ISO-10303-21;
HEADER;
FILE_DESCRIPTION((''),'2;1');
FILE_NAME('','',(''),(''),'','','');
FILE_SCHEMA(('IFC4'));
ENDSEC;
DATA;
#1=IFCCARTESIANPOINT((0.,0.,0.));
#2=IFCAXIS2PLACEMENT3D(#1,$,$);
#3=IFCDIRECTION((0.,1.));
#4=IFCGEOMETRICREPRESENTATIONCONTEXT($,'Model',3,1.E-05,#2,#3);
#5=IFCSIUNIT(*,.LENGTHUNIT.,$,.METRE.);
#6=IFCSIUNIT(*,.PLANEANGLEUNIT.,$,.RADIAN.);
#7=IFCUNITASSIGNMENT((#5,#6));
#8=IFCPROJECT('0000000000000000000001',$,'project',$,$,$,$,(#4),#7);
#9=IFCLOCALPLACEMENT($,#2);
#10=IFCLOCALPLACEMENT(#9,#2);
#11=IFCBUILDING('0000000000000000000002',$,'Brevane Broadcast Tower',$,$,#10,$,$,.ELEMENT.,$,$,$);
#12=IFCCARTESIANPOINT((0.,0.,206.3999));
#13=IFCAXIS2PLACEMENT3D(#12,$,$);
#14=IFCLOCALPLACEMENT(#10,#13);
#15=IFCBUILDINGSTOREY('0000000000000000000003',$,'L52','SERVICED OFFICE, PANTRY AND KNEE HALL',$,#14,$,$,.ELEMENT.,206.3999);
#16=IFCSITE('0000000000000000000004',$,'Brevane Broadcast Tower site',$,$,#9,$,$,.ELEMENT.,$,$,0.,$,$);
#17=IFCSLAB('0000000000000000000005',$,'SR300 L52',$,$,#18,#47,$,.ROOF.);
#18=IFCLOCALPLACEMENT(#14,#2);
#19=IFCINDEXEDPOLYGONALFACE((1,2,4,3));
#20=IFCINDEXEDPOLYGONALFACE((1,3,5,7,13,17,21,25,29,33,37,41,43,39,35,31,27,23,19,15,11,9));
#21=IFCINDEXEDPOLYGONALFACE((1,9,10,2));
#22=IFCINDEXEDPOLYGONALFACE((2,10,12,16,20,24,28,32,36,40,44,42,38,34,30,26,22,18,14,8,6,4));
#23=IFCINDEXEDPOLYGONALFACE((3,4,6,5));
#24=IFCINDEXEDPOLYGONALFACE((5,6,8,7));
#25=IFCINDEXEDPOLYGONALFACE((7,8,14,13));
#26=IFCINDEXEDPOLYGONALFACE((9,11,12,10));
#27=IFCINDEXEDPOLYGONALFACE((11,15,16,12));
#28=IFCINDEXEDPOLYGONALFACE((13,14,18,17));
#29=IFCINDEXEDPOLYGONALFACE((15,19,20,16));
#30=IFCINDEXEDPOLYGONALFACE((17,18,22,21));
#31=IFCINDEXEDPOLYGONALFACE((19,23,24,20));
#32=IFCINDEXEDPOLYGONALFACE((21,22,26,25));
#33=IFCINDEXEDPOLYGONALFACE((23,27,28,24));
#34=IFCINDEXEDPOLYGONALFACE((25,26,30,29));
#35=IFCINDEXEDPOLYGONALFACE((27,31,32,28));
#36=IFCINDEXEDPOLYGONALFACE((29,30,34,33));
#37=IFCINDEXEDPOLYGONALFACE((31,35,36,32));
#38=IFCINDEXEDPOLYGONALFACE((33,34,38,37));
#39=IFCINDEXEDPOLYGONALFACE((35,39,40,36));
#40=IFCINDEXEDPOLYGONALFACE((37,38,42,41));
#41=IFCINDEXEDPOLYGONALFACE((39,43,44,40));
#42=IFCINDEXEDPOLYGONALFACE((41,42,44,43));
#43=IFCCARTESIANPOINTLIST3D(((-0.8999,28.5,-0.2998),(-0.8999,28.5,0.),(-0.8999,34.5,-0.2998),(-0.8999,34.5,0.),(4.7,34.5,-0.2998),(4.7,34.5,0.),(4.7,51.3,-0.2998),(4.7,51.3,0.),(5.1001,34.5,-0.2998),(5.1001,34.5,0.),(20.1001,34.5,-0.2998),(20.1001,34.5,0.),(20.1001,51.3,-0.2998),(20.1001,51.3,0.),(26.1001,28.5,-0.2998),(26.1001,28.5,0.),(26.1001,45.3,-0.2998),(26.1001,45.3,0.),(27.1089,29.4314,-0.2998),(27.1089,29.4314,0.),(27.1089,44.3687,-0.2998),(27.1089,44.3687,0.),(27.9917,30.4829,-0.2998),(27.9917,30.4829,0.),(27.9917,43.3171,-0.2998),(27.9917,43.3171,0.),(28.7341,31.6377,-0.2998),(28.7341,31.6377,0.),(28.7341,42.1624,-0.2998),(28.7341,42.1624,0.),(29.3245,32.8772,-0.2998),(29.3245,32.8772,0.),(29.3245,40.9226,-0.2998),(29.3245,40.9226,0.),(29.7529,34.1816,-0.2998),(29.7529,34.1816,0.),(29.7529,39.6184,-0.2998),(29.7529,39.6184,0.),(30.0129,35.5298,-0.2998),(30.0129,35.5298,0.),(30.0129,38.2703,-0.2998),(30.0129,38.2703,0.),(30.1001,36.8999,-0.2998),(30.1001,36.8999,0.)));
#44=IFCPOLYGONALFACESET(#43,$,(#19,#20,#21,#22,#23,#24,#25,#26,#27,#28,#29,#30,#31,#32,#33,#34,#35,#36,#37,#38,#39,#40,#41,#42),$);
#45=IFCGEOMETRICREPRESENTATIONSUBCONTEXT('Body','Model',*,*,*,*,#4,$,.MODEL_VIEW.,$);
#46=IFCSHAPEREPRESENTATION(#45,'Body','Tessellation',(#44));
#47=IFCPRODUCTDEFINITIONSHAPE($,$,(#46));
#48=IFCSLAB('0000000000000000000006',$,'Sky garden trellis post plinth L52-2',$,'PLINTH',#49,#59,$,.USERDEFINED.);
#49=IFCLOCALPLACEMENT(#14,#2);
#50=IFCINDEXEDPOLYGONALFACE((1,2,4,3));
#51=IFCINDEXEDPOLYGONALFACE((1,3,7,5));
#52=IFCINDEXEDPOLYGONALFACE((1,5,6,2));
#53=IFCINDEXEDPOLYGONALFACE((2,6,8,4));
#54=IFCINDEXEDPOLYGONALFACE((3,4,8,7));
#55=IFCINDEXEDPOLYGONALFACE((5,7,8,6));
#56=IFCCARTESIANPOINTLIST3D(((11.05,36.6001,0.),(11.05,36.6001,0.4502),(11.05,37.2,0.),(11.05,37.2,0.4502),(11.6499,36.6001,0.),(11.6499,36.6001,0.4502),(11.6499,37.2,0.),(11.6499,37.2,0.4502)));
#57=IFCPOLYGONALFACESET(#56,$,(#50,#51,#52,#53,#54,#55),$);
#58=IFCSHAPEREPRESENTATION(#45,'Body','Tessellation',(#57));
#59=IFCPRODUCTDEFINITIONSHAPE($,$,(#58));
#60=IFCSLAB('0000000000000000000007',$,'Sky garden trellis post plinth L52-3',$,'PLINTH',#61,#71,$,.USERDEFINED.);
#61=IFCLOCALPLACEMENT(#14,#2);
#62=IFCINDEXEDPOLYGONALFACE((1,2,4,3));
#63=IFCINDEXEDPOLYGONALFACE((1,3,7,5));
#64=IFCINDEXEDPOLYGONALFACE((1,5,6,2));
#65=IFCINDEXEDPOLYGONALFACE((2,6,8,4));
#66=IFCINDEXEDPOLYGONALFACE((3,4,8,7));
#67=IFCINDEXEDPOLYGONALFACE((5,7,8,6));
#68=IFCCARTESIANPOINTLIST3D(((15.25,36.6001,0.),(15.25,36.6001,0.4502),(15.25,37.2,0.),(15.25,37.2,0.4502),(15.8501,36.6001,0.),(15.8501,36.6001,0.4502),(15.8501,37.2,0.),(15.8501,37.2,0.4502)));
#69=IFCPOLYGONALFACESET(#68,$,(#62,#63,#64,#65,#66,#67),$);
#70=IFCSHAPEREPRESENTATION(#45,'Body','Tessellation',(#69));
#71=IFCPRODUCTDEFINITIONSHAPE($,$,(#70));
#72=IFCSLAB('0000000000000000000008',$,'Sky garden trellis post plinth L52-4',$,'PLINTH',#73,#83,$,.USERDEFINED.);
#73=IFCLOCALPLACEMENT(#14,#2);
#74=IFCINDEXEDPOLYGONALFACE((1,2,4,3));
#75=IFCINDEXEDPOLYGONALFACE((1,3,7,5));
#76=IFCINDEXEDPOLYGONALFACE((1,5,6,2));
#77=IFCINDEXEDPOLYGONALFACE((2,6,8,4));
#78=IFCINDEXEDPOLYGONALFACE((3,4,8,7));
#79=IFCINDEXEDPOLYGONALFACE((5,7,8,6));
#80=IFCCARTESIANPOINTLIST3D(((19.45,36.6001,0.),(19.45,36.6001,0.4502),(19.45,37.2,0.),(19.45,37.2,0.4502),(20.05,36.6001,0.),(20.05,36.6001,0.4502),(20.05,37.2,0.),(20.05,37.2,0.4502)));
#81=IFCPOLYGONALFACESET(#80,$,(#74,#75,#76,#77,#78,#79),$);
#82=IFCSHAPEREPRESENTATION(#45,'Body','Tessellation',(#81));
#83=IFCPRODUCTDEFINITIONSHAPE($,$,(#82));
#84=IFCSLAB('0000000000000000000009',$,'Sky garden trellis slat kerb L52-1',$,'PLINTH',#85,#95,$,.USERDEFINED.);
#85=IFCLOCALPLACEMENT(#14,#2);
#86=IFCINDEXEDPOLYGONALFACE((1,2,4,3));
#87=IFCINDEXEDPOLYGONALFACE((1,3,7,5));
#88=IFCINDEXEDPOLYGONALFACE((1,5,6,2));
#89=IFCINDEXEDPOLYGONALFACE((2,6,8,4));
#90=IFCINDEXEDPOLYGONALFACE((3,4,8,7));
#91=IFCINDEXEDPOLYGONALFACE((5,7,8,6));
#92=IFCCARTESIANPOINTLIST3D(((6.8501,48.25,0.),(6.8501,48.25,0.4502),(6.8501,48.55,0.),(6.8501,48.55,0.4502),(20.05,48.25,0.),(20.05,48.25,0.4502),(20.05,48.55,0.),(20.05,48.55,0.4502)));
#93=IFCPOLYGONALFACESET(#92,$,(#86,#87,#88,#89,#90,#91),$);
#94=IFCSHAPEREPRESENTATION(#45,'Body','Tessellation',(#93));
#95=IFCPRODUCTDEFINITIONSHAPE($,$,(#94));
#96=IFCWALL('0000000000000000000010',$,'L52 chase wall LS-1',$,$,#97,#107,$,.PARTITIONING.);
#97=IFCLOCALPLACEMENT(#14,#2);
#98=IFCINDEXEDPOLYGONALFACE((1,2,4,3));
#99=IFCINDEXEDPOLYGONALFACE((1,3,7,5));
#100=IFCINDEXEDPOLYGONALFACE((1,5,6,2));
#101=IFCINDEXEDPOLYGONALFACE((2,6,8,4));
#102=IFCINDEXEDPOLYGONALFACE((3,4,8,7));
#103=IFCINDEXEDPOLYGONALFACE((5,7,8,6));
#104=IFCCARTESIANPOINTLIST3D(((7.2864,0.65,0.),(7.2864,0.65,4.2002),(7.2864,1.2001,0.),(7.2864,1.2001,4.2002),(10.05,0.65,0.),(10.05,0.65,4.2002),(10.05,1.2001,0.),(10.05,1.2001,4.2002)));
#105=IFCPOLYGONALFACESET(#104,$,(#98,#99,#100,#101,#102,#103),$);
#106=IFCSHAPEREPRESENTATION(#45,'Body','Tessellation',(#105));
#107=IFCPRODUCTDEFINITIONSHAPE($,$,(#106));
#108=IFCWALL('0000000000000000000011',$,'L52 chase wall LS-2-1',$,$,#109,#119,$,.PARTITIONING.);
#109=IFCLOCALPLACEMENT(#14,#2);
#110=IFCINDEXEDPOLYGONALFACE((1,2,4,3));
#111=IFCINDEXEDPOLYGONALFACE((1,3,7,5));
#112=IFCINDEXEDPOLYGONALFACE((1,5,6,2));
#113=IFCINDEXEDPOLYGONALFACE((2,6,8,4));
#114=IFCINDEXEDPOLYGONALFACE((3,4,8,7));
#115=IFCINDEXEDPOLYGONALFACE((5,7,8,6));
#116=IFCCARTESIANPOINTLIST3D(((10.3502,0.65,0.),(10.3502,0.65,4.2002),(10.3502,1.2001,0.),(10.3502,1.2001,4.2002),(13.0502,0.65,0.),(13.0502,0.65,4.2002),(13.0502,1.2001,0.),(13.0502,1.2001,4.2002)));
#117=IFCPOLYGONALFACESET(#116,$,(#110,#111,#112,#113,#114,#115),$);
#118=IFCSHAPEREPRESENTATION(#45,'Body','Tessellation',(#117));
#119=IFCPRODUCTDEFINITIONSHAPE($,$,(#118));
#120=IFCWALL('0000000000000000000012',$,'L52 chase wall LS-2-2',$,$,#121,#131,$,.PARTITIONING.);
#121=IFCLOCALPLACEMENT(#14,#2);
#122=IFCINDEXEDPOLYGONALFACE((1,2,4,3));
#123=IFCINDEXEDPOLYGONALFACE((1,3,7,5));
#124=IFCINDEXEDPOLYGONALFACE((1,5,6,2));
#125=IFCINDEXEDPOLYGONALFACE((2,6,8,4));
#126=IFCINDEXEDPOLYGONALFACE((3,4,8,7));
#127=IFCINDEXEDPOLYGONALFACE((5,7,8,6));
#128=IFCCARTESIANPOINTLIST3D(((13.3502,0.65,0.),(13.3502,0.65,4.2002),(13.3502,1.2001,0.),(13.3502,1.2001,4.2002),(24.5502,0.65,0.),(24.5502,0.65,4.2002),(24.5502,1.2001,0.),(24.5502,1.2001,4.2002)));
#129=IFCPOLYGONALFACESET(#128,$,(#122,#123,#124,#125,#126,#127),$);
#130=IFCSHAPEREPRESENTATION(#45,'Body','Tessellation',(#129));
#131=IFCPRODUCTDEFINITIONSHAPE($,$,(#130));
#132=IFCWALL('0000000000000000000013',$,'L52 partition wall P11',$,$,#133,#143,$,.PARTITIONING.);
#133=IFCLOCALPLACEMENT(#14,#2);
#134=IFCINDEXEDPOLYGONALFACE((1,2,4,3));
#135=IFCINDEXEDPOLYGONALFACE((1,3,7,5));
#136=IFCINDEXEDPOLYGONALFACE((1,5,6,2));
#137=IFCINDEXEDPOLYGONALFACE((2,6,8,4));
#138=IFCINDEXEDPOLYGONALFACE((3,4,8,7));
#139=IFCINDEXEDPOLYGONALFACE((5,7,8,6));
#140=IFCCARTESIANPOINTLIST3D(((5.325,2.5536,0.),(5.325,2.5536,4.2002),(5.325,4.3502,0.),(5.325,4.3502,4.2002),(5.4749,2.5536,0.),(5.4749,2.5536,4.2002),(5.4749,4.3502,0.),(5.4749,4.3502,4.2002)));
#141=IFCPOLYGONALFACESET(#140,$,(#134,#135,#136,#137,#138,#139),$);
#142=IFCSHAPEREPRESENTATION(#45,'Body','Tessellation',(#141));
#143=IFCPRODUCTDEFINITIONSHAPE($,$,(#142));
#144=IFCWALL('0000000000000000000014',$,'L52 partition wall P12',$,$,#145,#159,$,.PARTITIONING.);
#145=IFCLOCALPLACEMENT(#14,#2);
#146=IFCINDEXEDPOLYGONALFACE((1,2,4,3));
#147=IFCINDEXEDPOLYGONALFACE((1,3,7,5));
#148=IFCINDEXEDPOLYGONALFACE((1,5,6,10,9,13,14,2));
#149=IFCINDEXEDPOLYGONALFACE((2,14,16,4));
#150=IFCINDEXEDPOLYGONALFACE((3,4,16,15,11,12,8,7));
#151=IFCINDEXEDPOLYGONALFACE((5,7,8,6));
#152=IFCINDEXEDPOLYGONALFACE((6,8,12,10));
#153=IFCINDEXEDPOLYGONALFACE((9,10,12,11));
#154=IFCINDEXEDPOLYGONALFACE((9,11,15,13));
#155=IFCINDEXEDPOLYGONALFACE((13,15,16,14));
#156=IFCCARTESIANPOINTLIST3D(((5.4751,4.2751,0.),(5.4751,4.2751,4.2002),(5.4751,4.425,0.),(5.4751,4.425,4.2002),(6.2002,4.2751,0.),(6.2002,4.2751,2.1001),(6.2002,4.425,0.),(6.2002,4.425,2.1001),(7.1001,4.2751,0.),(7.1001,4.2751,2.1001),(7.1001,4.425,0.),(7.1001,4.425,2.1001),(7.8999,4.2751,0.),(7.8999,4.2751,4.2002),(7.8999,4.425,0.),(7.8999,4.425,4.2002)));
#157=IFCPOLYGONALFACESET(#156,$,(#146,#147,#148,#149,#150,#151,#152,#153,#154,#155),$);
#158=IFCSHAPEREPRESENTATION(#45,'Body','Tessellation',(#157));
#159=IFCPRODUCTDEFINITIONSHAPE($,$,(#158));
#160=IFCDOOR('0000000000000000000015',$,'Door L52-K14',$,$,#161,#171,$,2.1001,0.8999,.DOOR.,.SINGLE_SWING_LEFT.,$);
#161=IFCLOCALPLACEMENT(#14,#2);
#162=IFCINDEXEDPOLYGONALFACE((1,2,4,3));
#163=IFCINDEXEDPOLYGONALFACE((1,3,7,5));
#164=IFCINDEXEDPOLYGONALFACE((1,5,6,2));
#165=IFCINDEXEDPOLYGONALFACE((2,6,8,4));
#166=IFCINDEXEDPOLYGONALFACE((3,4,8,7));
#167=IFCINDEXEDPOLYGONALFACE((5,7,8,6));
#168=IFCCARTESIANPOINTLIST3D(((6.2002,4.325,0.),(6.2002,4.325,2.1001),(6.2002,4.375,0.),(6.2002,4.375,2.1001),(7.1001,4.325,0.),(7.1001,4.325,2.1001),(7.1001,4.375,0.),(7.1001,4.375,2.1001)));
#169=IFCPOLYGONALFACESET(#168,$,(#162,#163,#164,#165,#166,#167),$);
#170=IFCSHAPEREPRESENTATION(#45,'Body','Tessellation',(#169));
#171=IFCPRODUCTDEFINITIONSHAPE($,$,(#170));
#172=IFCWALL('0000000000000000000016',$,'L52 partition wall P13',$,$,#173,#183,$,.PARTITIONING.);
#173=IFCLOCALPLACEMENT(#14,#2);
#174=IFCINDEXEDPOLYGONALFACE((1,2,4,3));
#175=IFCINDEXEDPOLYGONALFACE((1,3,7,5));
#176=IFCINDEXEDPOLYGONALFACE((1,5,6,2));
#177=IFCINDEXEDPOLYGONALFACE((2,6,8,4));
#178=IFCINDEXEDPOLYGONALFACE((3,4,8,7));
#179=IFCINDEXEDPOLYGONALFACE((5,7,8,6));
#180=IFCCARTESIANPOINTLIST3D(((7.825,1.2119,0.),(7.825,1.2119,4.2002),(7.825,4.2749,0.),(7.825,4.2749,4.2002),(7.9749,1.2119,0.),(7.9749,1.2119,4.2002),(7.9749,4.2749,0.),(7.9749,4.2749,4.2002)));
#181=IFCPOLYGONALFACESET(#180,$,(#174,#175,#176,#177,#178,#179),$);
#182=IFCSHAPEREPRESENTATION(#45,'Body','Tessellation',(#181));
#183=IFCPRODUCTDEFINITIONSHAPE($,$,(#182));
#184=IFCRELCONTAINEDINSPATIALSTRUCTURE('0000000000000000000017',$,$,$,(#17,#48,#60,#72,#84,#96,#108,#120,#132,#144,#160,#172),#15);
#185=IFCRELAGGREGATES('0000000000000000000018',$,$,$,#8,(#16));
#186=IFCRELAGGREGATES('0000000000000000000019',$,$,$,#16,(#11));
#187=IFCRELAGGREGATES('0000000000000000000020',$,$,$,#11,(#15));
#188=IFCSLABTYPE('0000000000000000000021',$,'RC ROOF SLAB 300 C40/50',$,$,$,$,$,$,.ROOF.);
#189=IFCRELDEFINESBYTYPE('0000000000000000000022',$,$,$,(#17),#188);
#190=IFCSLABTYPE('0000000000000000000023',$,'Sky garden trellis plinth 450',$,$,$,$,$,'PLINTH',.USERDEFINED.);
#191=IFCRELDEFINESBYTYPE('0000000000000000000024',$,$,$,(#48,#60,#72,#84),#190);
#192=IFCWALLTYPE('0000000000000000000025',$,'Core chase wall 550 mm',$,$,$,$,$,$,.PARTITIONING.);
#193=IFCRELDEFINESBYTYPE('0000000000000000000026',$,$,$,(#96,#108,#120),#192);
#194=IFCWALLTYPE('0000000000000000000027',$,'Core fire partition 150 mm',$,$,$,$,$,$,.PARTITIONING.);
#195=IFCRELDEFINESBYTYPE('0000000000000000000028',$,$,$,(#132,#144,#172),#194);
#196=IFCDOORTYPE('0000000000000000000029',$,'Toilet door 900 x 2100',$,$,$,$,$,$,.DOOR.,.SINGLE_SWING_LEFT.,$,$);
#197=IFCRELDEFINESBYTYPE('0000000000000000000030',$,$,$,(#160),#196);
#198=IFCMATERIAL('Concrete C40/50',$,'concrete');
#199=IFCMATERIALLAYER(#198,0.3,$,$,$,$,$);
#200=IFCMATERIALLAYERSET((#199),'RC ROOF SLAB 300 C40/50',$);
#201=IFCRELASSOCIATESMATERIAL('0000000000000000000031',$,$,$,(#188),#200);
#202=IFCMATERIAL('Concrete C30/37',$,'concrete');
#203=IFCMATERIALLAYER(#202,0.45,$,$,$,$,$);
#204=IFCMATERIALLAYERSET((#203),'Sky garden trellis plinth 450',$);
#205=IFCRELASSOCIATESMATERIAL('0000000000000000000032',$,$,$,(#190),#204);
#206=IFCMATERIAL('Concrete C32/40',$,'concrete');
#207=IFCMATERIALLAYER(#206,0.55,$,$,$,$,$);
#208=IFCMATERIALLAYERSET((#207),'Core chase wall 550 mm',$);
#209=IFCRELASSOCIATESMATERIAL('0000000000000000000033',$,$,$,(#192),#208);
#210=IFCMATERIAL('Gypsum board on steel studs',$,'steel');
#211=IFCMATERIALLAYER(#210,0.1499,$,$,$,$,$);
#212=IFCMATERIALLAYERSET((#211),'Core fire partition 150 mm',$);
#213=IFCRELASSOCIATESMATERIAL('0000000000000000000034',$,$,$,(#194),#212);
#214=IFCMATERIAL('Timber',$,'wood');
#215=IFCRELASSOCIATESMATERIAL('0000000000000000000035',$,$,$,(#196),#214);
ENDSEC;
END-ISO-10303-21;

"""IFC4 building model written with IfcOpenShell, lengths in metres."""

from ifc_helpers import new_model, si_unit, direction, frame, frame_2d, origin, place, context, subcontext, project, spatial, polyline, rectangle, outline, extrude, material, layer, layer_set, type_object, element, fill, save


model = new_model("IFC4")

# Units and contexts
model_context = context("Model", 3, precision=1e-05, world=origin(), true_north=direction((0.0, 1.0)))
body_context = subcontext(model_context, "Body", "Model", "MODEL_VIEW")
ifc_project = project(units=[si_unit("LENGTHUNIT", "METRE"), si_unit("PLANEANGLEUNIT", "RADIAN")], contexts=[model_context])

# Site, building, storey
site_placement = place(None, origin())
site = spatial("IfcSite", under=ifc_project, at=site_placement, Name="Brevane Broadcast Tower site", CompositionType="ELEMENT", RefElevation=0.0)
building_placement = place(site_placement, origin())
building = spatial("IfcBuilding", under=site, at=building_placement, Name="Brevane Broadcast Tower", CompositionType="ELEMENT")
storey_placement = place(building_placement, frame((0.0, 0.0, 206.3999)))
storey = spatial("IfcBuildingStorey", under=building, at=storey_placement, Name="L52", Description="SERVICED OFFICE, PANTRY AND KNEE HALL", CompositionType="ELEMENT", Elevation=206.3999)

# Slabs
ifc_material_1 = material(Name="Concrete C40/50", Category="concrete")
ifc_layer_1 = layer(ifc_material_1, 0.3)
ifc_layer_set_1 = layer_set([ifc_layer_1], Name="RC ROOF SLAB 300 C40/50")
slab_type_1 = type_object("IfcSlabType", Name="RC ROOF SLAB 300 C40/50", PredefinedType="ROOF", material=ifc_layer_set_1)
slab_1_placement = place(storey_placement, frame((0.0, 0.0, -0.2998)))
element("IfcSlab", 1, at=slab_1_placement, inside=storey, type_object=slab_type_1, Name="SR300 L52", PredefinedType="ROOF", context=body_context, shape_type="SweptSolid", body=[
    extrude(outline(polyline([(4.7, 34.5), (4.7, 51.3), (20.1001, 51.3), (26.1001, 45.3), (27.1089, 44.3687), (27.9917, 43.3171), (28.7341, 42.1624), (29.3245, 40.9226), (29.7529, 39.6184), (30.0129, 38.2703), (30.1001, 36.8999), (30.0129, 35.5298), (29.7529, 34.1816), (29.3245, 32.8772), (28.7341, 31.6377), (27.9917, 30.4829), (27.1089, 29.4314), (26.1001, 28.5), (20.1001, 34.5), (5.1001, 34.5), (-0.8999, 28.5), (-0.8999, 34.5), (4.7, 34.5)])), origin(), (0.0, 0.0, 1.0), 0.2998),
])
ifc_material_2 = material(Name="Concrete C30/37", Category="concrete")
ifc_layer_2 = layer(ifc_material_2, 0.45)
ifc_layer_set_2 = layer_set([ifc_layer_2], Name="Sky garden trellis plinth 450")
slab_type_2 = type_object("IfcSlabType", Name="Sky garden trellis plinth 450", ElementType="PLINTH", PredefinedType="USERDEFINED", material=ifc_layer_set_2)
slab_2_placement = place(storey_placement, origin())
element("IfcSlab", 2, at=slab_2_placement, inside=storey, type_object=slab_type_2, Name="Sky garden trellis post plinth L52-2", ObjectType="PLINTH", PredefinedType="USERDEFINED", context=body_context, shape_type="SweptSolid", body=[
    extrude(outline(polyline([(11.05, 36.6001), (11.6499, 36.6001), (11.6499, 37.2), (11.05, 37.2), (11.05, 36.6001)])), origin(), (0.0, 0.0, 1.0), 0.4502),
])
slab_3_placement = place(storey_placement, origin())
element("IfcSlab", 3, at=slab_3_placement, inside=storey, type_object=slab_type_2, Name="Sky garden trellis post plinth L52-3", ObjectType="PLINTH", PredefinedType="USERDEFINED", context=body_context, shape_type="SweptSolid", body=[
    extrude(outline(polyline([(15.25, 36.6001), (15.8501, 36.6001), (15.8501, 37.2), (15.25, 37.2), (15.25, 36.6001)])), origin(), (0.0, 0.0, 1.0), 0.4502),
])
slab_4_placement = place(storey_placement, origin())
element("IfcSlab", 4, at=slab_4_placement, inside=storey, type_object=slab_type_2, Name="Sky garden trellis post plinth L52-4", ObjectType="PLINTH", PredefinedType="USERDEFINED", context=body_context, shape_type="SweptSolid", body=[
    extrude(outline(polyline([(19.45, 36.6001), (20.05, 36.6001), (20.05, 37.2), (19.45, 37.2), (19.45, 36.6001)])), origin(), (0.0, 0.0, 1.0), 0.4502),
])
slab_5_placement = place(storey_placement, origin())
element("IfcSlab", 5, at=slab_5_placement, inside=storey, type_object=slab_type_2, Name="Sky garden trellis slat kerb L52-1", ObjectType="PLINTH", PredefinedType="USERDEFINED", context=body_context, shape_type="SweptSolid", body=[
    extrude(outline(polyline([(6.8501, 48.25), (20.05, 48.25), (20.05, 48.55), (6.8501, 48.55), (6.8501, 48.25)])), origin(), (0.0, 0.0, 1.0), 0.4502),
])

# Walls
ifc_material_3 = material(Name="Concrete C32/40", Category="concrete")
ifc_layer_3 = layer(ifc_material_3, 0.55)
ifc_layer_set_3 = layer_set([ifc_layer_3], Name="Core chase wall 550 mm")
wall_type_1 = type_object("IfcWallType", Name="Core chase wall 550 mm", PredefinedType="PARTITIONING", material=ifc_layer_set_3)
wall_1_placement = place(storey_placement, frame((7.2864, 0.925, 0.0), z_axis=(0.0, 0.0, 1.0), x_axis=(1.0, 0.0, 0.0)))
element("IfcWall", 6, at=wall_1_placement, inside=storey, type_object=wall_type_1, Name="L52 chase wall LS-1", PredefinedType="PARTITIONING", context=body_context, shape_type="SweptSolid", body=[
    extrude(rectangle(XDim=2.7637, YDim=0.55, at=frame_2d((1.3818, 0.0))), origin(), (0.0, 0.0, 1.0), 4.2002),
])
wall_2_placement = place(storey_placement, frame((10.3501, 0.925, 0.0), z_axis=(0.0, 0.0, 1.0), x_axis=(1.0, 0.0, 0.0)))
element("IfcWall", 7, at=wall_2_placement, inside=storey, type_object=wall_type_1, Name="L52 chase wall LS-2-1", PredefinedType="PARTITIONING", context=body_context, shape_type="SweptSolid", body=[
    extrude(rectangle(XDim=2.7, YDim=0.55, at=frame_2d((1.3501, 0.0))), origin(), (0.0, 0.0, 1.0), 4.2002),
])
wall_3_placement = place(storey_placement, frame((13.3501, 0.925, 0.0), z_axis=(0.0, 0.0, 1.0), x_axis=(1.0, 0.0, 0.0)))
element("IfcWall", 8, at=wall_3_placement, inside=storey, type_object=wall_type_1, Name="L52 chase wall LS-2-2", PredefinedType="PARTITIONING", context=body_context, shape_type="SweptSolid", body=[
    extrude(rectangle(XDim=11.2, YDim=0.55, at=frame_2d((5.6001, 0.0))), origin(), (0.0, 0.0, 1.0), 4.2002),
])
ifc_material_4 = material(Name="Gypsum board on steel studs", Category="steel")
ifc_layer_4 = layer(ifc_material_4, 0.1499)
ifc_layer_set_4 = layer_set([ifc_layer_4], Name="Core fire partition 150 mm")
wall_type_2 = type_object("IfcWallType", Name="Core fire partition 150 mm", PredefinedType="PARTITIONING", material=ifc_layer_set_4)
wall_4_placement = place(storey_placement, frame((5.3999, 2.5535, 0.0), z_axis=(0.0, 0.0, 1.0), x_axis=(0.0, 1.0, 0.0)))
element("IfcWall", 9, at=wall_4_placement, inside=storey, type_object=wall_type_2, Name="L52 partition wall P11", PredefinedType="PARTITIONING", context=body_context, shape_type="SweptSolid", body=[
    extrude(rectangle(XDim=1.7966, YDim=0.1499, at=frame_2d((0.8984, 0.0))), origin(), (0.0, 0.0, 1.0), 4.2002),
])

# Wall, opening, door
wall_5_placement = place(storey_placement, frame((5.4751, 4.3501, 0.0), z_axis=(0.0, 0.0, 1.0), x_axis=(1.0, 0.0, 0.0)))
wall_5 = element("IfcWall", 10, at=wall_5_placement, inside=storey, type_object=wall_type_2, Name="L52 partition wall P12", PredefinedType="PARTITIONING", context=body_context, shape_type="SweptSolid", body=[
    extrude(rectangle(XDim=2.4248, YDim=0.1499, at=frame_2d((1.2124, 0.0))), origin(), (0.0, 0.0, 1.0), 4.2002),
])
opening_1_placement = place(wall_5_placement, frame((0.7251, 0.0, 0.0)))
opening_1 = element("IfcOpeningElement", 11, at=opening_1_placement, cuts=wall_5, PredefinedType="OPENING", context=body_context, shape_type="SweptSolid", body=[
    extrude(rectangle(XDim=0.8999, YDim=2.1001, at=frame_2d((0.45, 1.05))), frame((0.0, 0.085, 0.0), z_axis=(0.0, -1.0, 0.0), x_axis=(1.0, 0.0, 0.0)), (0.0, 0.0, 1.0), 0.1699),
])
ifc_material_5 = material(Name="Timber", Category="wood")
door_type_1 = type_object("IfcDoorType", Name="Toilet door 900 x 2100", OperationType="SINGLE_SWING_LEFT", PredefinedType="DOOR", material=ifc_material_5)
door_1_placement = place(opening_1_placement, origin())
door_1 = element("IfcDoor", 12, at=door_1_placement, inside=storey, type_object=door_type_1, Name="Door L52-K14", OperationType="SINGLE_SWING_LEFT", OverallHeight=2.1001, OverallWidth=0.8999, PredefinedType="DOOR", context=body_context, shape_type="SweptSolid", body=[
    extrude(rectangle(XDim=0.8999, YDim=2.1001, at=frame_2d((0.45, 1.05))), frame((0.0, 0.0249, 0.0), z_axis=(0.0, -1.0, 0.0), x_axis=(1.0, 0.0, 0.0)), (0.0, 0.0, 1.0), 0.05),
])
fill(opening_1, door_1)

# Wall
wall_6_placement = place(storey_placement, frame((7.8999, 4.2749, 0.0), z_axis=(0.0, 0.0, 1.0), x_axis=(0.0, -1.0, 0.0)))
element("IfcWall", 13, at=wall_6_placement, inside=storey, type_object=wall_type_2, Name="L52 partition wall P13", PredefinedType="PARTITIONING", context=body_context, shape_type="SweptSolid", body=[
    extrude(rectangle(XDim=3.063, YDim=0.1499, at=frame_2d((1.5315, 0.0))), origin(), (0.0, 0.0, 1.0), 4.2002),
])

save(model, "model.ifc")
